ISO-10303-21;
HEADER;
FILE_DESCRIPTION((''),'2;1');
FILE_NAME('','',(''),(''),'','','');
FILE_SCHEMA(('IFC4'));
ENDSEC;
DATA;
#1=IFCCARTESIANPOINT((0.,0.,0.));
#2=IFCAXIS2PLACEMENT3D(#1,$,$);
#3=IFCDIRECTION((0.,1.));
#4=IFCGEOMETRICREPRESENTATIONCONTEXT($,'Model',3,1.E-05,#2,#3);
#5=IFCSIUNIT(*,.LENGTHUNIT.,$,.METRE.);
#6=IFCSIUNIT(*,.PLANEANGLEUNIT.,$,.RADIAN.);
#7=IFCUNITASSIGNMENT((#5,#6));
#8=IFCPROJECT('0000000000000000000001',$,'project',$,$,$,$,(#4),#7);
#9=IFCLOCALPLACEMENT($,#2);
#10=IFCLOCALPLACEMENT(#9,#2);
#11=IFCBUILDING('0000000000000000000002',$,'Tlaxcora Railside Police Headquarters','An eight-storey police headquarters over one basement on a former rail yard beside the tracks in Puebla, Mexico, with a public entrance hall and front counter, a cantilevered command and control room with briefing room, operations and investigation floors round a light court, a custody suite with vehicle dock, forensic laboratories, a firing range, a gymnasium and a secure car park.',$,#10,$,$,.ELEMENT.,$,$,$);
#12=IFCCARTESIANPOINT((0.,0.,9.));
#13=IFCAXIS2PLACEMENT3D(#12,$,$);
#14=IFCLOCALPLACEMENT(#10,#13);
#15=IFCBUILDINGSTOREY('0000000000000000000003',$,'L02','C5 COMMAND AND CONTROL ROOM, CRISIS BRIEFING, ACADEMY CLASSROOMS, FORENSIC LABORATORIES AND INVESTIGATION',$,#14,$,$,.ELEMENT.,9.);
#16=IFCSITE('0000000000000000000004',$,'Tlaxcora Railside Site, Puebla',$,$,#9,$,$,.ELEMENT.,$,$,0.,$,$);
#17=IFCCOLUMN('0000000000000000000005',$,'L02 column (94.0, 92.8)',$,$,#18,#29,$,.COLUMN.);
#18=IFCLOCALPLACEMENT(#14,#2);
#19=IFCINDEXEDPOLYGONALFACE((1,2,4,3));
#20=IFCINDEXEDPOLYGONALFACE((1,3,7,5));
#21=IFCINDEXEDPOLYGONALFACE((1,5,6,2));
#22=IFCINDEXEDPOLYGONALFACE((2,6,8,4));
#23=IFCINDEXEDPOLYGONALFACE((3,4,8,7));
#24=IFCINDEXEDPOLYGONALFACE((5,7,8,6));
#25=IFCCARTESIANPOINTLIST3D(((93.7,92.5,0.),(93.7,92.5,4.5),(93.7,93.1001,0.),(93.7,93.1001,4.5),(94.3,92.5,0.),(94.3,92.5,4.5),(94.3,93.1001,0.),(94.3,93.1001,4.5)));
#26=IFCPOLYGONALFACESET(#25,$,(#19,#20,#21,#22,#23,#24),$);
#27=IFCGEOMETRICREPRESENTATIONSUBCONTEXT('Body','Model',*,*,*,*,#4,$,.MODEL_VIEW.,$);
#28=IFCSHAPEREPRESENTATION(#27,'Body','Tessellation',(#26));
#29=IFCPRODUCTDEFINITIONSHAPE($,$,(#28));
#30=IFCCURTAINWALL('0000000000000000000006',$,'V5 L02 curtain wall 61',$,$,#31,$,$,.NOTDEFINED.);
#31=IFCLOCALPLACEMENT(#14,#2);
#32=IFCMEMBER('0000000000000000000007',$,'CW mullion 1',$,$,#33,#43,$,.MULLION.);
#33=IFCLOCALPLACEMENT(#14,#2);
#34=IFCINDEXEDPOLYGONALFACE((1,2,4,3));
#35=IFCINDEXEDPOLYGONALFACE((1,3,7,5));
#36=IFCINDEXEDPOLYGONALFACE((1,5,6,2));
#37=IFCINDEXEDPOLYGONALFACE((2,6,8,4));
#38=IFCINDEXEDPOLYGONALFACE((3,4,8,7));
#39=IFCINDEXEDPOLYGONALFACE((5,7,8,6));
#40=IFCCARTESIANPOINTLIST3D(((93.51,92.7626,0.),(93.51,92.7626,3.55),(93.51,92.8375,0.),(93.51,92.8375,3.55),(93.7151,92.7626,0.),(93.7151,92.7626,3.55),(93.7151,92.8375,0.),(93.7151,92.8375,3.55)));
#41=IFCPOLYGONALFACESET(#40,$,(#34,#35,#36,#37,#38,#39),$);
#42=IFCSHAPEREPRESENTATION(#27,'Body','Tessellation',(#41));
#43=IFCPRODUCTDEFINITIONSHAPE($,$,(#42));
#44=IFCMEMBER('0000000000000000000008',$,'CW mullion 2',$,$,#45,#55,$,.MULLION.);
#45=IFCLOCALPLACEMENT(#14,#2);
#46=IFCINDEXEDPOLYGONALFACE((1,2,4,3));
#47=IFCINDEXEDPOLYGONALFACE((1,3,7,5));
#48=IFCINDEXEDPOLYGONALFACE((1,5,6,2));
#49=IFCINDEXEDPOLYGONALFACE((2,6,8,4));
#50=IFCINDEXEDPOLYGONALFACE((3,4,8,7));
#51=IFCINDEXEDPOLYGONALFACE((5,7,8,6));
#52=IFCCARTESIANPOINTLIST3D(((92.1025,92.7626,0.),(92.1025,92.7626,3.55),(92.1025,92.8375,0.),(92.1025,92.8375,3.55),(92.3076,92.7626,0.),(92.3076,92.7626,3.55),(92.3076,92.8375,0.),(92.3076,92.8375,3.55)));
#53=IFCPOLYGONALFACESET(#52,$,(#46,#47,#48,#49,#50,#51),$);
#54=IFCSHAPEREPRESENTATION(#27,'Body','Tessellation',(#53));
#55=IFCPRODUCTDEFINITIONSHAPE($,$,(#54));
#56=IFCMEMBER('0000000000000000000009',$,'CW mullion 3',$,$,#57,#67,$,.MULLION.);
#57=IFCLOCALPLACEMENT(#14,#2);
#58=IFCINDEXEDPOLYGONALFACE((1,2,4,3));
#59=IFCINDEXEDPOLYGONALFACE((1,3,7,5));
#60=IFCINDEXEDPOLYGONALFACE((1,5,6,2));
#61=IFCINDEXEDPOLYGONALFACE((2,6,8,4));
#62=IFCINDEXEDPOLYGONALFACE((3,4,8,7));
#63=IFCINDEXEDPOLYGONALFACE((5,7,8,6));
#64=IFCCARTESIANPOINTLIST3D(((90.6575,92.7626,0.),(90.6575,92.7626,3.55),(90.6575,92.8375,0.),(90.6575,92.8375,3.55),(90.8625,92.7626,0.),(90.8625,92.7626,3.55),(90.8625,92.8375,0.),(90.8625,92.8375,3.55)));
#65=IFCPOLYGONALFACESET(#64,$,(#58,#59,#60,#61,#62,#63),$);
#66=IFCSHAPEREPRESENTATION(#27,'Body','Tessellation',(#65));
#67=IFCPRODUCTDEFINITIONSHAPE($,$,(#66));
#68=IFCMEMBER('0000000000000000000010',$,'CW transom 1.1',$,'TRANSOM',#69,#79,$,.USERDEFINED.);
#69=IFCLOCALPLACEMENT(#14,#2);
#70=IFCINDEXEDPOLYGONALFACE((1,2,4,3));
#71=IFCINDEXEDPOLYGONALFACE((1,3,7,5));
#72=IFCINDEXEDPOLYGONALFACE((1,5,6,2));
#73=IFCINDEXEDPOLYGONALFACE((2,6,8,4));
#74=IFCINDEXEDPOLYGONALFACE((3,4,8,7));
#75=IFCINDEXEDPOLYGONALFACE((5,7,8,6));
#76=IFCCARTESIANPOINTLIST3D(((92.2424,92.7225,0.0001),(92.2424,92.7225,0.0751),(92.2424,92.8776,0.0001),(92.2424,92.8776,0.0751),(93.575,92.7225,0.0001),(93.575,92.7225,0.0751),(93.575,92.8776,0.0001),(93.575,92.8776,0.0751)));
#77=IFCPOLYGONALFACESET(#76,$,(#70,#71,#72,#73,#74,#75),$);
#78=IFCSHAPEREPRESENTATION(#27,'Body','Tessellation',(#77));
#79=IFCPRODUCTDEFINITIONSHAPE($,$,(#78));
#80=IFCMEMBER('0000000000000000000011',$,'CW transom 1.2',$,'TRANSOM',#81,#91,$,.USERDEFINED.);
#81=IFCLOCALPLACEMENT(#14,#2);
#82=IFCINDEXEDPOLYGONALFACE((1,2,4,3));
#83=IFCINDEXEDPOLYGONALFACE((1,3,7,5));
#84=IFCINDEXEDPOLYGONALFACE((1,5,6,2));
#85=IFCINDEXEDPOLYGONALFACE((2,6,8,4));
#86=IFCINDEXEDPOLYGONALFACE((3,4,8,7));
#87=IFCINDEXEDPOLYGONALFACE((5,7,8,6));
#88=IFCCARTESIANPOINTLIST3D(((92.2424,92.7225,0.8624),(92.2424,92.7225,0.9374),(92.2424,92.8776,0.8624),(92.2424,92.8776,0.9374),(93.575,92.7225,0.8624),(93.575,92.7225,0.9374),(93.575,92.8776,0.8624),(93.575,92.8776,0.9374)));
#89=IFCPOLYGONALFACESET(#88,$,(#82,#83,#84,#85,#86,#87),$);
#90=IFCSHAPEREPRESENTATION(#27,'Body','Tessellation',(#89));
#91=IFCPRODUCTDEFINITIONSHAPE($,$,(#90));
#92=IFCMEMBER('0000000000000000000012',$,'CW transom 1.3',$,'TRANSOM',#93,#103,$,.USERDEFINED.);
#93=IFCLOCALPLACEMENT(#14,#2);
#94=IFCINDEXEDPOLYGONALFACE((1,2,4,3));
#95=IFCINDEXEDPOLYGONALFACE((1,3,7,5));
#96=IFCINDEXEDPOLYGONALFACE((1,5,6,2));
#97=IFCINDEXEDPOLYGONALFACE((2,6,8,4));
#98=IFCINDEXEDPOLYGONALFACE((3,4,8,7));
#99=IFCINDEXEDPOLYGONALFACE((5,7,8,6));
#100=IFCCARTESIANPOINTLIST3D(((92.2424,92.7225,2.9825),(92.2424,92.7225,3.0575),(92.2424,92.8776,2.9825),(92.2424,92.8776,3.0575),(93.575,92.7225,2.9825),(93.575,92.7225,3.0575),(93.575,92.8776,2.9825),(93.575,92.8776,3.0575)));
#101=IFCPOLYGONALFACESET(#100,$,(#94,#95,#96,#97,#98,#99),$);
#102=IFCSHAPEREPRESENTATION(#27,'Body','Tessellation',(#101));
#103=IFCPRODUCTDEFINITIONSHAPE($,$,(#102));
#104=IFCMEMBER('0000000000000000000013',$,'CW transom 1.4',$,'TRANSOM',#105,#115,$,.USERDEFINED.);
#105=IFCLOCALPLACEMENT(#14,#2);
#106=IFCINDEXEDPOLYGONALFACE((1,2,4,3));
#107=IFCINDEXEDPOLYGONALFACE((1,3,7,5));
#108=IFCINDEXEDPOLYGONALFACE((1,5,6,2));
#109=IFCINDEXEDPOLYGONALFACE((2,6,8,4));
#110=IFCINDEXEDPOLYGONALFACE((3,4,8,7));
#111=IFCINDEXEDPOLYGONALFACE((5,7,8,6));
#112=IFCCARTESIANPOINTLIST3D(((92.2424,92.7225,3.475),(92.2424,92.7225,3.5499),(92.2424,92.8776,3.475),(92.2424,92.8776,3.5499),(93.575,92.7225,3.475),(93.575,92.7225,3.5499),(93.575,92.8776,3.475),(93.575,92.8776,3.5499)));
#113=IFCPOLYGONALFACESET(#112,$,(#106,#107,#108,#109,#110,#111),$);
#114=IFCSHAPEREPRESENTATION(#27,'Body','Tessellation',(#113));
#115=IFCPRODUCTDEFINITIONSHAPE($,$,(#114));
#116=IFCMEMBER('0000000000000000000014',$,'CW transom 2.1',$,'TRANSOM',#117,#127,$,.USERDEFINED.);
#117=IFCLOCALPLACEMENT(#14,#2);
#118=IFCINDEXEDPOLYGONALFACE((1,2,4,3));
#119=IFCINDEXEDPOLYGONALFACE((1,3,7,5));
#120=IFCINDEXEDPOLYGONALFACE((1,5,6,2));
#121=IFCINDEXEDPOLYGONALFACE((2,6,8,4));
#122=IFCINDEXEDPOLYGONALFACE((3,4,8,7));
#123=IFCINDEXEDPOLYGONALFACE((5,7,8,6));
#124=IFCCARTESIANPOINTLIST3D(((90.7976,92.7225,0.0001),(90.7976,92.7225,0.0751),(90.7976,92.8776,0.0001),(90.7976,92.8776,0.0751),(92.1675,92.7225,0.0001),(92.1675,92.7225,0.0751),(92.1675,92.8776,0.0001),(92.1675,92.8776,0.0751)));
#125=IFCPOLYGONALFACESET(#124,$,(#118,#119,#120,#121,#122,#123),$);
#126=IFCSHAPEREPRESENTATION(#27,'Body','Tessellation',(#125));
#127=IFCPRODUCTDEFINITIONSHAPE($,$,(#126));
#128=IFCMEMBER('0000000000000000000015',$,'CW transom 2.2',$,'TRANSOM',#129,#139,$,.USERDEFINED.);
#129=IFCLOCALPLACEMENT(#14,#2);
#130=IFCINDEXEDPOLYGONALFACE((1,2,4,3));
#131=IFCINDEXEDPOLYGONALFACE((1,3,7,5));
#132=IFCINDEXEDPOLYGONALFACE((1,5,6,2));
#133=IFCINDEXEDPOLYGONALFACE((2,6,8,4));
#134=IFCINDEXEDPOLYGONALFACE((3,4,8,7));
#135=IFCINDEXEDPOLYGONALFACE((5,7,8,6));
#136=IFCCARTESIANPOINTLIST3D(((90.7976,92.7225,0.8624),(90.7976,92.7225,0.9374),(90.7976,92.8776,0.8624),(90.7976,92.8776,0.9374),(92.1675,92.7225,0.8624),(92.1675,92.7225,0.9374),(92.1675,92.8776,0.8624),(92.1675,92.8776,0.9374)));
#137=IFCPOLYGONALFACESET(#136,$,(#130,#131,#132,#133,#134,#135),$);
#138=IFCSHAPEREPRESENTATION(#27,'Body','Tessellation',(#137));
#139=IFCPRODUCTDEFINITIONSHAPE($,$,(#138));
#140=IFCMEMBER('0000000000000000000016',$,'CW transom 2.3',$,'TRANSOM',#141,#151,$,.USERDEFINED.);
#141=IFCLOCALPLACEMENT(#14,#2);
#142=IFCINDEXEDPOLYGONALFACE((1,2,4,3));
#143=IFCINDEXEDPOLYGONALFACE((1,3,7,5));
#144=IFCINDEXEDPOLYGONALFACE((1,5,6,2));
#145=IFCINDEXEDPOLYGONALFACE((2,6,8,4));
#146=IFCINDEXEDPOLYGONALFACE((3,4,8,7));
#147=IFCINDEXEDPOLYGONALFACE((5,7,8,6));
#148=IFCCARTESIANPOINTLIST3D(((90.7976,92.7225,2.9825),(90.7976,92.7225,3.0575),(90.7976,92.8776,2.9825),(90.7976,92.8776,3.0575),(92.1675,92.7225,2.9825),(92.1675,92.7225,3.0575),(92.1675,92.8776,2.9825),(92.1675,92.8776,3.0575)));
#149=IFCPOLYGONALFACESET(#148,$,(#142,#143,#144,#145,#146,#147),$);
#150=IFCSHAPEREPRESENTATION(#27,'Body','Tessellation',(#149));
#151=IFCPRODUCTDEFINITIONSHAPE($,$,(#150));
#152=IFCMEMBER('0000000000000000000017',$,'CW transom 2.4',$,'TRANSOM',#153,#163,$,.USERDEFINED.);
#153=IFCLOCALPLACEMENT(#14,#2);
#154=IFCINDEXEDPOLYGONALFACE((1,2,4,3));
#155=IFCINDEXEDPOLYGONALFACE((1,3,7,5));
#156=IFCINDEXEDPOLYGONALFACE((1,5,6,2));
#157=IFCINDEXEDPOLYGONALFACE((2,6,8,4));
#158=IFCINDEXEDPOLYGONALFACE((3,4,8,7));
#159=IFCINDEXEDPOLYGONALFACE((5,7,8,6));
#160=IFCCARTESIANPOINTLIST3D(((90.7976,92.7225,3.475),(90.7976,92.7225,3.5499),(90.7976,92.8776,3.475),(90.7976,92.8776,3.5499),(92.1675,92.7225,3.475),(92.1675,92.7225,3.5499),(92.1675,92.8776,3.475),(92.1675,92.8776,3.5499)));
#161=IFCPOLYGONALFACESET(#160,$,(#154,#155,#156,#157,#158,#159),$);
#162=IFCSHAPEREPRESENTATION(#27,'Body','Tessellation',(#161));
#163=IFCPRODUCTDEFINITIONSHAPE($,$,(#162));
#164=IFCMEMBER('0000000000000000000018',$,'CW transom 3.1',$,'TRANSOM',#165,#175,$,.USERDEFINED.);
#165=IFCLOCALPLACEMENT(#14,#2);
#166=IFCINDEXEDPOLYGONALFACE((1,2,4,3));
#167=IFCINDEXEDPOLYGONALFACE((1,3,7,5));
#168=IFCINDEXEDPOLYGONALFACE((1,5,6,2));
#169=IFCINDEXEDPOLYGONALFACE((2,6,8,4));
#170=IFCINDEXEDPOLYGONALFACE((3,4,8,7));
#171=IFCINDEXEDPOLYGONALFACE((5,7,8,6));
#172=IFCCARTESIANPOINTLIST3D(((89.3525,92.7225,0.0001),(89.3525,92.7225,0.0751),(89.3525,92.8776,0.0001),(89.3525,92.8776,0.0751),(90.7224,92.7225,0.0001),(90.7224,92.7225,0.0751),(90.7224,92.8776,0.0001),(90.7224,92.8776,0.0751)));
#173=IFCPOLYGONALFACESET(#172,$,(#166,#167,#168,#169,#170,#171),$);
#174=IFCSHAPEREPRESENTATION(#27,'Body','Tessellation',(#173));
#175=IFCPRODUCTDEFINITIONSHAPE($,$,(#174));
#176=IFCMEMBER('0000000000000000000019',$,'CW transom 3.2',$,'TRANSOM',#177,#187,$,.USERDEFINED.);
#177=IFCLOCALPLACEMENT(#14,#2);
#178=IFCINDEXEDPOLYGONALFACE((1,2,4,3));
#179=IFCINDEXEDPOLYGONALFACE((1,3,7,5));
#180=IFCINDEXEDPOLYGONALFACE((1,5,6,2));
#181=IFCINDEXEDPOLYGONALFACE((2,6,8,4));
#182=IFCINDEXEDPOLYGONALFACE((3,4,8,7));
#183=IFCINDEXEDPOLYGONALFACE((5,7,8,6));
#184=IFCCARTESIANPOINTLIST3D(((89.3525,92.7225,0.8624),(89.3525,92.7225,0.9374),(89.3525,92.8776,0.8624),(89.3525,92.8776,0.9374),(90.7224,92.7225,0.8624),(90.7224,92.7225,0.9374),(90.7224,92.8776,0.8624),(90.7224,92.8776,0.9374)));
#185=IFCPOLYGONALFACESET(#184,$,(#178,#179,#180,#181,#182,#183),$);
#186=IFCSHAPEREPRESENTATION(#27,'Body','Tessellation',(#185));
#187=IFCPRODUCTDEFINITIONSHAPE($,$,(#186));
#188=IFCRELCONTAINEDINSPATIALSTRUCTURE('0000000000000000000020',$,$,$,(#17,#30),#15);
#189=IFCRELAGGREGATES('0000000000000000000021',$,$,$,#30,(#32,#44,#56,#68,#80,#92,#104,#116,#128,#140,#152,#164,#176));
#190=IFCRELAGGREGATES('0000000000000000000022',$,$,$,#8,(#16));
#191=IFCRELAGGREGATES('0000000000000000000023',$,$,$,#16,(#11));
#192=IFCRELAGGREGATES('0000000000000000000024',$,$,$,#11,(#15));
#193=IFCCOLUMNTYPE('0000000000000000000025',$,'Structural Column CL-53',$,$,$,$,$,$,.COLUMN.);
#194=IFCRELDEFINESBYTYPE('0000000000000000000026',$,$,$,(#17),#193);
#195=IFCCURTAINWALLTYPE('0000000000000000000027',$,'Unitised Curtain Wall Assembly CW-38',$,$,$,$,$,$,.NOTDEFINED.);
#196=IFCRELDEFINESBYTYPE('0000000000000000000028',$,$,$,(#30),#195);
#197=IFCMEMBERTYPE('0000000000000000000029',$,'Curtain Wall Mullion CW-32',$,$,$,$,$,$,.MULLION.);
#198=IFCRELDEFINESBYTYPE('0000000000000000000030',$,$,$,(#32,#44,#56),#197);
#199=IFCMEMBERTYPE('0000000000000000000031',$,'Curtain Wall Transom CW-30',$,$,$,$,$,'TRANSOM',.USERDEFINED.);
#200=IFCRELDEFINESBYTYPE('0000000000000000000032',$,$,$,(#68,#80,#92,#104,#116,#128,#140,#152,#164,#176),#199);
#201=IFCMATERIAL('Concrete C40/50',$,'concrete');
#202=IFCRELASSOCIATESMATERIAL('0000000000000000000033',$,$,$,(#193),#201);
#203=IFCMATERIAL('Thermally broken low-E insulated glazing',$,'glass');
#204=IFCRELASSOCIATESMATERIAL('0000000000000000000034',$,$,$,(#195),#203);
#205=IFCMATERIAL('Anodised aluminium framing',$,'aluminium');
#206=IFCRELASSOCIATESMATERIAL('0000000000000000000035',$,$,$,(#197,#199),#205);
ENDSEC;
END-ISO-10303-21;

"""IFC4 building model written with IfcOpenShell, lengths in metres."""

from ifc_helpers import new_model, si_unit, direction, frame, origin, origin_2d, place, context, subcontext, project, spatial, rectangle, extrude, material, material_profile, profile_set, type_object, element, aggregate, save


model = new_model("IFC4")

# Units and contexts
model_context = context("Model", 3, precision=1e-05, world=origin(), true_north=direction((0.0, 1.0)))
body_context = subcontext(model_context, "Body", "Model", "MODEL_VIEW")
ifc_project = project(units=[si_unit("LENGTHUNIT", "METRE"), si_unit("PLANEANGLEUNIT", "RADIAN")], contexts=[model_context])

# Site, building, storey
site_placement = place(None, origin())
site = spatial("IfcSite", under=ifc_project, at=site_placement, Name="Tlaxcora Railside Site, Puebla", CompositionType="ELEMENT", RefElevation=0.0)
building_placement = place(site_placement, origin())
building = spatial("IfcBuilding", under=site, at=building_placement, Name="Tlaxcora Railside Police Headquarters", Description="An eight-storey police headquarters over one basement on a former rail yard beside the tracks in Puebla, Mexico, with a public entrance hall and front counter, a cantilevered command and control room with briefing room, operations and investigation floors round a light court, a custody suite with vehicle dock, forensic laboratories, a firing range, a gymnasium and a secure car park.", CompositionType="ELEMENT")
storey_placement = place(building_placement, frame((0.0, 0.0, 9.0)))
storey = spatial("IfcBuildingStorey", under=building, at=storey_placement, Name="L02", Description="C5 COMMAND AND CONTROL ROOM, CRISIS BRIEFING, ACADEMY CLASSROOMS, FORENSIC LABORATORIES AND INVESTIGATION", CompositionType="ELEMENT", Elevation=9.0)

# Column
ifc_material_1 = material(Name="Concrete C40/50", Category="concrete")
ifc_material_profile_1 = material_profile(ifc_material_1, rectangle(XDim=0.6001, YDim=0.6001, at=origin_2d()), Name="RC600X600")
ifc_profile_set_1 = profile_set([ifc_material_profile_1], Name="Concrete C40/50")
column_type = type_object("IfcColumnType", Name="Structural Column CL-53", PredefinedType="COLUMN", material=ifc_profile_set_1)
column_placement = place(storey_placement, frame((94.0, 92.8, 0.0), z_axis=(0.0, 0.0, 1.0), x_axis=(1.0, 0.0, 0.0)))
element("IfcColumn", 1, at=column_placement, inside=storey, type_object=column_type, Name="L02 column (94.0, 92.8)", PredefinedType="COLUMN", context=body_context, shape_type="SweptSolid", body=[
    extrude(rectangle(XDim=0.6001, YDim=0.6001, at=origin_2d()), origin(), (0.0, 0.0, 1.0), 4.5),
])

# Curtain wall, members
ifc_material_2 = material(Name="Thermally broken low-E insulated glazing", Category="glass")
curtain_wall_type = type_object("IfcCurtainWallType", Name="Unitised Curtain Wall Assembly CW-38", PredefinedType="NOTDEFINED", material=ifc_material_2)
curtain_wall_placement = place(storey_placement, origin())
curtain_wall = element("IfcCurtainWall", 2, at=curtain_wall_placement, inside=storey, type_object=curtain_wall_type, Name="V5 L02 curtain wall 61", PredefinedType="NOTDEFINED")
ifc_material_3 = material(Name="Anodised aluminium framing", Category="aluminium")
ifc_material_profile_2 = material_profile(ifc_material_3, rectangle(XDim=0.075, YDim=0.2051, at=origin_2d()), Name="AL75X205")
ifc_profile_set_2 = profile_set([ifc_material_profile_2], Name="Anodised aluminium framing")
member_type_1 = type_object("IfcMemberType", Name="Curtain Wall Mullion CW-32", PredefinedType="MULLION", material=ifc_profile_set_2)
member_1_placement = place(storey_placement, frame((93.6125, 92.8, 0.0), z_axis=(0.0, 0.0, 1.0), x_axis=(0.0, -1.0, 0.0)))
member_1 = element("IfcMember", 3, at=member_1_placement, type_object=member_type_1, Name="CW mullion 1", PredefinedType="MULLION", context=body_context, shape_type="SweptSolid", body=[
    extrude(rectangle(XDim=0.075, YDim=0.2051, at=origin_2d()), origin(), (0.0, 0.0, 1.0), 3.55),
])
member_2_placement = place(storey_placement, frame((92.2051, 92.8, 0.0), z_axis=(0.0, 0.0, 1.0), x_axis=(0.0, -1.0, 0.0)))
member_2 = element("IfcMember", 4, at=member_2_placement, type_object=member_type_1, Name="CW mullion 2", PredefinedType="MULLION", context=body_context, shape_type="SweptSolid", body=[
    extrude(rectangle(XDim=0.075, YDim=0.2051, at=origin_2d()), origin(), (0.0, 0.0, 1.0), 3.55),
])
member_3_placement = place(storey_placement, frame((90.76, 92.8, 0.0), z_axis=(0.0, 0.0, 1.0), x_axis=(0.0, -1.0, 0.0)))
member_3 = element("IfcMember", 5, at=member_3_placement, type_object=member_type_1, Name="CW mullion 3", PredefinedType="MULLION", context=body_context, shape_type="SweptSolid", body=[
    extrude(rectangle(XDim=0.075, YDim=0.2051, at=origin_2d()), origin(), (0.0, 0.0, 1.0), 3.55),
])
ifc_material_profile_3 = material_profile(ifc_material_3, rectangle(XDim=0.155, YDim=0.075, at=origin_2d()), Name="AL75X155")
ifc_profile_set_3 = profile_set([ifc_material_profile_3], Name="Anodised aluminium framing")
member_type_2 = type_object("IfcMemberType", Name="Curtain Wall Transom CW-30", ElementType="TRANSOM", PredefinedType="USERDEFINED", material=ifc_profile_set_3)
member_4_placement = place(storey_placement, frame((93.575, 92.8, 0.0376), z_axis=(-1.0, 0.0, 0.0), x_axis=(0.0, -1.0, 0.0)))
member_4 = element("IfcMember", 6, at=member_4_placement, type_object=member_type_2, Name="CW transom 1.1", ObjectType="TRANSOM", PredefinedType="USERDEFINED", context=body_context, shape_type="SweptSolid", body=[
    extrude(rectangle(XDim=0.155, YDim=0.075, at=origin_2d()), origin(), (0.0, 0.0, 1.0), 1.3325),
])
member_5_placement = place(storey_placement, frame((93.575, 92.8, 0.8999), z_axis=(-1.0, 0.0, 0.0), x_axis=(0.0, -1.0, 0.0)))
member_5 = element("IfcMember", 7, at=member_5_placement, type_object=member_type_2, Name="CW transom 1.2", ObjectType="TRANSOM", PredefinedType="USERDEFINED", context=body_context, shape_type="SweptSolid", body=[
    extrude(rectangle(XDim=0.155, YDim=0.075, at=origin_2d()), origin(), (0.0, 0.0, 1.0), 1.3325),
])
member_6_placement = place(storey_placement, frame((93.575, 92.8, 3.02), z_axis=(-1.0, 0.0, 0.0), x_axis=(0.0, -1.0, 0.0)))
member_6 = element("IfcMember", 8, at=member_6_placement, type_object=member_type_2, Name="CW transom 1.3", ObjectType="TRANSOM", PredefinedType="USERDEFINED", context=body_context, shape_type="SweptSolid", body=[
    extrude(rectangle(XDim=0.155, YDim=0.075, at=origin_2d()), origin(), (0.0, 0.0, 1.0), 1.3325),
])
member_7_placement = place(storey_placement, frame((93.575, 92.8, 3.5125), z_axis=(-1.0, 0.0, 0.0), x_axis=(0.0, -1.0, 0.0)))
member_7 = element("IfcMember", 9, at=member_7_placement, type_object=member_type_2, Name="CW transom 1.4", ObjectType="TRANSOM", PredefinedType="USERDEFINED", context=body_context, shape_type="SweptSolid", body=[
    extrude(rectangle(XDim=0.155, YDim=0.075, at=origin_2d()), origin(), (0.0, 0.0, 1.0), 1.3325),
])
member_8_placement = place(storey_placement, frame((92.1675, 92.8, 0.0376), z_axis=(-1.0, 0.0, 0.0), x_axis=(0.0, -1.0, 0.0)))
member_8 = element("IfcMember", 10, at=member_8_placement, type_object=member_type_2, Name="CW transom 2.1", ObjectType="TRANSOM", PredefinedType="USERDEFINED", context=body_context, shape_type="SweptSolid", body=[
    extrude(rectangle(XDim=0.155, YDim=0.075, at=origin_2d()), origin(), (0.0, 0.0, 1.0), 1.3699),
])
member_9_placement = place(storey_placement, frame((92.1675, 92.8, 0.8999), z_axis=(-1.0, 0.0, 0.0), x_axis=(0.0, -1.0, 0.0)))
member_9 = element("IfcMember", 11, at=member_9_placement, type_object=member_type_2, Name="CW transom 2.2", ObjectType="TRANSOM", PredefinedType="USERDEFINED", context=body_context, shape_type="SweptSolid", body=[
    extrude(rectangle(XDim=0.155, YDim=0.075, at=origin_2d()), origin(), (0.0, 0.0, 1.0), 1.3699),
])
member_10_placement = place(storey_placement, frame((92.1675, 92.8, 3.02), z_axis=(-1.0, 0.0, 0.0), x_axis=(0.0, -1.0, 0.0)))
member_10 = element("IfcMember", 12, at=member_10_placement, type_object=member_type_2, Name="CW transom 2.3", ObjectType="TRANSOM", PredefinedType="USERDEFINED", context=body_context, shape_type="SweptSolid", body=[
    extrude(rectangle(XDim=0.155, YDim=0.075, at=origin_2d()), origin(), (0.0, 0.0, 1.0), 1.3699),
])
member_11_placement = place(storey_placement, frame((92.1675, 92.8, 3.5125), z_axis=(-1.0, 0.0, 0.0), x_axis=(0.0, -1.0, 0.0)))
member_11 = element("IfcMember", 13, at=member_11_placement, type_object=member_type_2, Name="CW transom 2.4", ObjectType="TRANSOM", PredefinedType="USERDEFINED", context=body_context, shape_type="SweptSolid", body=[
    extrude(rectangle(XDim=0.155, YDim=0.075, at=origin_2d()), origin(), (0.0, 0.0, 1.0), 1.3699),
])
member_12_placement = place(storey_placement, frame((90.7224, 92.8, 0.0376), z_axis=(-1.0, 0.0, 0.0), x_axis=(0.0, -1.0, 0.0)))
member_12 = element("IfcMember", 14, at=member_12_placement, type_object=member_type_2, Name="CW transom 3.1", ObjectType="TRANSOM", PredefinedType="USERDEFINED", context=body_context, shape_type="SweptSolid", body=[
    extrude(rectangle(XDim=0.155, YDim=0.075, at=origin_2d()), origin(), (0.0, 0.0, 1.0), 1.3699),
])
member_13_placement = place(storey_placement, frame((90.7224, 92.8, 0.8999), z_axis=(-1.0, 0.0, 0.0), x_axis=(0.0, -1.0, 0.0)))
member_13 = element("IfcMember", 15, at=member_13_placement, type_object=member_type_2, Name="CW transom 3.2", ObjectType="TRANSOM", PredefinedType="USERDEFINED", context=body_context, shape_type="SweptSolid", body=[
    extrude(rectangle(XDim=0.155, YDim=0.075, at=origin_2d()), origin(), (0.0, 0.0, 1.0), 1.3699),
])

aggregate(curtain_wall, [member_1, member_2, member_3, member_4, member_5, member_6, member_7, member_8, member_9, member_10, member_11, member_12, member_13])

save(model, "model.ifc")
